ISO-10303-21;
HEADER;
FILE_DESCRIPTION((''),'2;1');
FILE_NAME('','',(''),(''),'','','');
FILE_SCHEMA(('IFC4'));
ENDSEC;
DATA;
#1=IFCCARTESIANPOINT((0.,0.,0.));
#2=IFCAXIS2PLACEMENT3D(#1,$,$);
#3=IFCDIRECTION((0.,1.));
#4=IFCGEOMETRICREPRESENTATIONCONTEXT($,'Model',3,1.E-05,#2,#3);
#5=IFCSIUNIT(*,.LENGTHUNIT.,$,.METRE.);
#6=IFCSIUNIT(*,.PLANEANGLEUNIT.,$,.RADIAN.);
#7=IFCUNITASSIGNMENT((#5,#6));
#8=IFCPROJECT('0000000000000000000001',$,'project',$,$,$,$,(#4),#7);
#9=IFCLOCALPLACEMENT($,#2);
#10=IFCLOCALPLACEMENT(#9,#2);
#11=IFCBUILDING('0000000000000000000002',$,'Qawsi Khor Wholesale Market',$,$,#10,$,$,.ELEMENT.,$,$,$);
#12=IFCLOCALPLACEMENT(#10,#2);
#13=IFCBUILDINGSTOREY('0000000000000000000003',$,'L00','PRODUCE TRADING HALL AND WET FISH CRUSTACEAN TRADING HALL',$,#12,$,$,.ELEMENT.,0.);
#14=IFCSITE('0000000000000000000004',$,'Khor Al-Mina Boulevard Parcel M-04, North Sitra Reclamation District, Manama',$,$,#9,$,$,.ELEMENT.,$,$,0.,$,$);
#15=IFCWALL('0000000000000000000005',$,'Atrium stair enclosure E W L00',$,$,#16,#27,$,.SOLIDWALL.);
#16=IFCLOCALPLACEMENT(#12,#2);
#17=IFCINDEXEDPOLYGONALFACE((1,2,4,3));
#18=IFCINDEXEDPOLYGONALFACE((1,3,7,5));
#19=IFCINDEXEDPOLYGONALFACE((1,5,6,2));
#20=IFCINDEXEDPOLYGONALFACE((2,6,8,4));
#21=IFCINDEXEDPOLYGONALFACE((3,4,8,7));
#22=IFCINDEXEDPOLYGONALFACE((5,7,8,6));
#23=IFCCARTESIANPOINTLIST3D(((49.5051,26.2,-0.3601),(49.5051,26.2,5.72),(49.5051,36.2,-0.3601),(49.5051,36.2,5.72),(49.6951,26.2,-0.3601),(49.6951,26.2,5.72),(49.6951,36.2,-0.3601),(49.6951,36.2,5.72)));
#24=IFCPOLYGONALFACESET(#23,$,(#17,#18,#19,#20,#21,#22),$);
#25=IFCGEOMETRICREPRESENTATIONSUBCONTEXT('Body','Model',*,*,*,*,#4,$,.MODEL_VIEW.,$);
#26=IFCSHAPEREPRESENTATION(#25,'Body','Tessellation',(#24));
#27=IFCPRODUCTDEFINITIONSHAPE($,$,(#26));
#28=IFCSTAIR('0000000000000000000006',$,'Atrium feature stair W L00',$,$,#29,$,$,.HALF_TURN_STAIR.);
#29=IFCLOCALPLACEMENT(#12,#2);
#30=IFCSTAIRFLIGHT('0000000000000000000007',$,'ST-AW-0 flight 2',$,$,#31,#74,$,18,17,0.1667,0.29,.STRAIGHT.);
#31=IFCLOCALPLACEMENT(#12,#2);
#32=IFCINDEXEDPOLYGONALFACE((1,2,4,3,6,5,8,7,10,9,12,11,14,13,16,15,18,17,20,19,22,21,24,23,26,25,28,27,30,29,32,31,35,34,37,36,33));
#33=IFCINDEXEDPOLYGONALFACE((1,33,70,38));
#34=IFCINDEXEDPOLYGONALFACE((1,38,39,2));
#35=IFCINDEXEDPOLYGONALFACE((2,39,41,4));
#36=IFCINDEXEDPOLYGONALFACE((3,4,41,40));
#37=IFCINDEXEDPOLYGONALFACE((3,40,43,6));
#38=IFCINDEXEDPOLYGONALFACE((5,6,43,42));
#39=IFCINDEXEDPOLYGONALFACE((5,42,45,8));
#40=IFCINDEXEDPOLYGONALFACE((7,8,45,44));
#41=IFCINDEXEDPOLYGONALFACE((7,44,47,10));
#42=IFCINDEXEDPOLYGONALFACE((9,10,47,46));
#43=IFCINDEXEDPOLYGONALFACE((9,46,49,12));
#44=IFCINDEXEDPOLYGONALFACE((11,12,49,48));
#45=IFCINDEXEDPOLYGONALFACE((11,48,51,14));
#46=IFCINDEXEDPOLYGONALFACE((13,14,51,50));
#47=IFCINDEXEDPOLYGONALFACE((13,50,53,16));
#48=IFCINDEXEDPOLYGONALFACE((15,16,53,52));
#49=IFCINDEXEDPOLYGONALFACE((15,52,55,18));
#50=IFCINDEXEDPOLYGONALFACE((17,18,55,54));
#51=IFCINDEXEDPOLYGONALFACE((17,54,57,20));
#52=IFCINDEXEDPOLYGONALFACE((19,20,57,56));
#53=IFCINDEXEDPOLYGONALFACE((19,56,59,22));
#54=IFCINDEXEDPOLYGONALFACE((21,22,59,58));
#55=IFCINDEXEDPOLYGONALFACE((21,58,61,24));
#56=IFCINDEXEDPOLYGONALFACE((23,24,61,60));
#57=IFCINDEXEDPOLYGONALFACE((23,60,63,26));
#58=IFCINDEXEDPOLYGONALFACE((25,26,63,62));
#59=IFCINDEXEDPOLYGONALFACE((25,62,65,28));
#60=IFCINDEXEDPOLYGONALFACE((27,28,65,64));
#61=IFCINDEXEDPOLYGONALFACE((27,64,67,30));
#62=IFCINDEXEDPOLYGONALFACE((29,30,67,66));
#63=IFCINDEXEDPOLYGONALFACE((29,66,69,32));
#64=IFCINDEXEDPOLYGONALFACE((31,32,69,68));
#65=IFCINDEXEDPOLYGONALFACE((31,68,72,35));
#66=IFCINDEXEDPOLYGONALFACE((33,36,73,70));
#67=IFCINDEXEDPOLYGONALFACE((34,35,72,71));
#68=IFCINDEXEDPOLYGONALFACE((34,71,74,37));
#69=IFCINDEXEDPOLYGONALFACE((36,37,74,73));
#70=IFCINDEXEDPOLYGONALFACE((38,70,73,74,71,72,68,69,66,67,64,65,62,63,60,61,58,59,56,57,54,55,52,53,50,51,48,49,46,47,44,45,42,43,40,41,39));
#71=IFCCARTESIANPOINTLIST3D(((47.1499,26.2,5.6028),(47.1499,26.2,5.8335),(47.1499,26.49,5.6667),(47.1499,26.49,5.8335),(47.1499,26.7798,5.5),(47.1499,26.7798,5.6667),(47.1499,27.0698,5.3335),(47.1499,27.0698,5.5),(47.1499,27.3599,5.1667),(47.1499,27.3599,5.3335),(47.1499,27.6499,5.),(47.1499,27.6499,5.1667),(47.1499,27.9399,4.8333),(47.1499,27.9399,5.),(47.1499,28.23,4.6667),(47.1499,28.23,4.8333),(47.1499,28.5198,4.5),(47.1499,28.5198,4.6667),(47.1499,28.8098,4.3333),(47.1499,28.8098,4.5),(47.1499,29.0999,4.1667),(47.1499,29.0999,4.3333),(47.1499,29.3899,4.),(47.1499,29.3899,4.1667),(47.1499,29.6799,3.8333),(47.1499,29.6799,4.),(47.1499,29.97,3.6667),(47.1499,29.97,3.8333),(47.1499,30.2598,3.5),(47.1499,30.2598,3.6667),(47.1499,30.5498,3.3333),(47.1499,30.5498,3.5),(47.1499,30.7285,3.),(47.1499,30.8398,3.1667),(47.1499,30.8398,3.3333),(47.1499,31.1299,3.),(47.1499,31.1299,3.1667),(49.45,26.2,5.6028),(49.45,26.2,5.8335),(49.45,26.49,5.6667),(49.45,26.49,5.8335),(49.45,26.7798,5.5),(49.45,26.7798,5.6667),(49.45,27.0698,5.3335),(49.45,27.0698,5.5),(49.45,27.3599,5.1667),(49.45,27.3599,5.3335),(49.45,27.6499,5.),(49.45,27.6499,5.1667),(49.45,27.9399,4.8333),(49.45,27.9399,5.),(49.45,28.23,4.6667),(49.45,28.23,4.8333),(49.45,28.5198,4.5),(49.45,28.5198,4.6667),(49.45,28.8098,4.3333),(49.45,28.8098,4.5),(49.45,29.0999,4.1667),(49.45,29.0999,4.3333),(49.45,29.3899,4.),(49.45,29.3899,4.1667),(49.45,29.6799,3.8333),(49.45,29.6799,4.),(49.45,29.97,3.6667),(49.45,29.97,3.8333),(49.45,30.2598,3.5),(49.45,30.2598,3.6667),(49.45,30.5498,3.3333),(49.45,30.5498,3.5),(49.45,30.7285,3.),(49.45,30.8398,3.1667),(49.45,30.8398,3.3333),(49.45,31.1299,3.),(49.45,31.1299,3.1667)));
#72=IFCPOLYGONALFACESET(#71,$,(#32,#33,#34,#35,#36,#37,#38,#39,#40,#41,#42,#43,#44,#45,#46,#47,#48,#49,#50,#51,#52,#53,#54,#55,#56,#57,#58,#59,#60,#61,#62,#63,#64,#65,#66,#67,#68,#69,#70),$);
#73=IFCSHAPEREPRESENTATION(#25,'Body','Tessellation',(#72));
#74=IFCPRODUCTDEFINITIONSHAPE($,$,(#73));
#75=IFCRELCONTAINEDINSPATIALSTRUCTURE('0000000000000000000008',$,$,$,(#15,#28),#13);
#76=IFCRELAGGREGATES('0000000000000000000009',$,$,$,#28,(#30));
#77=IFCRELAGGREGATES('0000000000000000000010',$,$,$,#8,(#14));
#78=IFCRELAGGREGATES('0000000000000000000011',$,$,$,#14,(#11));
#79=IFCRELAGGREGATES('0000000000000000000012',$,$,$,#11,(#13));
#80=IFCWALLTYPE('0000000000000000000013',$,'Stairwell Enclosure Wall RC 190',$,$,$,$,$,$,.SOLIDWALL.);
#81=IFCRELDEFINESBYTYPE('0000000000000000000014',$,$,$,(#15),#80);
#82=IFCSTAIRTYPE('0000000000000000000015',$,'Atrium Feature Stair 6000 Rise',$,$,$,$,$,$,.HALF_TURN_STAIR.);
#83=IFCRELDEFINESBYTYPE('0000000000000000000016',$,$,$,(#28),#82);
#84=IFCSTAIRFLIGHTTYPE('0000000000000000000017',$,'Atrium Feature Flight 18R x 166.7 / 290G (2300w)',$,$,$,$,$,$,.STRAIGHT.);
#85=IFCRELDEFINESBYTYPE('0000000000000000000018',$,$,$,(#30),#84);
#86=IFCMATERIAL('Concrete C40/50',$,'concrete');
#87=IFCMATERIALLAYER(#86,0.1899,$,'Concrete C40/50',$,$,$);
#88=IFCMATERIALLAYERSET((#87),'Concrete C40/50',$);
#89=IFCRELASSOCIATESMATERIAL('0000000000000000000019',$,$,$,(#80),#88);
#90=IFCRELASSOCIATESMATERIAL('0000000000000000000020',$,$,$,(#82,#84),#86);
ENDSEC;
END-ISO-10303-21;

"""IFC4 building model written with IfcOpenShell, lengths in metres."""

from ifc_helpers import new_model, si_unit, direction, frame, frame_2d, origin, place, context, subcontext, project, spatial, polyline, rectangle, outline, extrude, material, layer, layer_set, type_object, element, aggregate, save


model = new_model("IFC4")

# Units and contexts
model_context = context("Model", 3, precision=1e-05, world=origin(), true_north=direction((0.0, 1.0)))
body_context = subcontext(model_context, "Body", "Model", "MODEL_VIEW")
ifc_project = project(units=[si_unit("LENGTHUNIT", "METRE"), si_unit("PLANEANGLEUNIT", "RADIAN")], contexts=[model_context])

# Site, building, storey
site_placement = place(None, origin())
site = spatial("IfcSite", under=ifc_project, at=site_placement, Name="Khor Al-Mina Boulevard Parcel M-04, North Sitra Reclamation District, Manama", CompositionType="ELEMENT", RefElevation=0.0)
building_placement = place(site_placement, origin())
building = spatial("IfcBuilding", under=site, at=building_placement, Name="Qawsi Khor Wholesale Market", CompositionType="ELEMENT")
storey_placement = place(building_placement, origin())
storey = spatial("IfcBuildingStorey", under=building, at=storey_placement, Name="L00", Description="PRODUCE TRADING HALL AND WET FISH CRUSTACEAN TRADING HALL", CompositionType="ELEMENT", Elevation=0.0)

# Shared definitions
ifc_material_1 = material(Name="Concrete C40/50", Category="concrete")

# Wall
ifc_layer_1 = layer(ifc_material_1, 0.1899, Name="Concrete C40/50")
ifc_layer_set_1 = layer_set([ifc_layer_1], Name="Concrete C40/50")
wall_type = type_object("IfcWallType", Name="Stairwell Enclosure Wall RC 190", PredefinedType="SOLIDWALL", material=ifc_layer_set_1)
wall_placement = place(storey_placement, frame((49.6001, 26.2, -0.3601), z_axis=(0.0, 0.0, 1.0), x_axis=(0.0, 1.0, 0.0)))
element("IfcWall", 1, at=wall_placement, inside=storey, type_object=wall_type, Name="Atrium stair enclosure E W L00", PredefinedType="SOLIDWALL", context=body_context, shape_type="SweptSolid", body=[
    extrude(rectangle(XDim=10.0, YDim=0.1899, at=frame_2d((5.0, 0.0))), origin(), (0.0, 0.0, 1.0), 6.0801),
])

# Stair, stair flight
stair_type = type_object("IfcStairType", Name="Atrium Feature Stair 6000 Rise", PredefinedType="HALF_TURN_STAIR", material=ifc_material_1)
stair_placement = place(storey_placement, origin())
stair = element("IfcStair", 2, at=stair_placement, inside=storey, type_object=stair_type, Name="Atrium feature stair W L00", PredefinedType="HALF_TURN_STAIR")
stair_flight_type = type_object("IfcStairFlightType", Name="Atrium Feature Flight 18R x 166.7 / 290G (2300w)", PredefinedType="STRAIGHT", material=ifc_material_1)
stair_flight_placement = place(storey_placement, frame((48.3, 31.1299, 3.0), z_axis=(0.0, 0.0, 1.0), x_axis=(0.0, -1.0, 0.0)))
stair_flight = element("IfcStairFlight", 3, at=stair_flight_placement, type_object=stair_flight_type, Name="ST-AW-0 flight 2", NumberOfRisers=18, NumberOfTreads=17, PredefinedType="STRAIGHT", RiserHeight=0.1667, TreadLength=0.29, context=body_context, shape_type="SweptSolid", body=[
    extrude(outline(polyline([(0.0, 0.0), (0.0, 0.1667), (0.29, 0.1667), (0.29, 0.3333), (0.5801, 0.3333), (0.5801, 0.5), (0.8701, 0.5), (0.8701, 0.6667), (1.1599, 0.6667), (1.1599, 0.8333), (1.45, 0.8333), (1.45, 1.0), (1.74, 1.0), (1.74, 1.1667), (2.03, 1.1667), (2.03, 1.3333), (2.3201, 1.3333), (2.3201, 1.5), (2.6101, 1.5), (2.6101, 1.6667), (2.8999, 1.6667), (2.8999, 1.8333), (3.1899, 1.8333), (3.1899, 2.0), (3.48, 2.0), (3.48, 2.1667), (3.77, 2.1667), (3.77, 2.3335), (4.0601, 2.3335), (4.0601, 2.5), (4.3501, 2.5), (4.3501, 2.6667), (4.6399, 2.6667), (4.6399, 2.8335), (4.9299, 2.8335), (4.9299, 3.0), (4.9299, 2.6028), (0.4014, 0.0), (0.0, 0.0)])), frame((0.0, 1.1499, 0.0), z_axis=(0.0, -1.0, 0.0), x_axis=(1.0, 0.0, 0.0)), (0.0, 0.0, 1.0), 2.3),
])
aggregate(stair, [stair_flight])

save(model, "model.ifc")
